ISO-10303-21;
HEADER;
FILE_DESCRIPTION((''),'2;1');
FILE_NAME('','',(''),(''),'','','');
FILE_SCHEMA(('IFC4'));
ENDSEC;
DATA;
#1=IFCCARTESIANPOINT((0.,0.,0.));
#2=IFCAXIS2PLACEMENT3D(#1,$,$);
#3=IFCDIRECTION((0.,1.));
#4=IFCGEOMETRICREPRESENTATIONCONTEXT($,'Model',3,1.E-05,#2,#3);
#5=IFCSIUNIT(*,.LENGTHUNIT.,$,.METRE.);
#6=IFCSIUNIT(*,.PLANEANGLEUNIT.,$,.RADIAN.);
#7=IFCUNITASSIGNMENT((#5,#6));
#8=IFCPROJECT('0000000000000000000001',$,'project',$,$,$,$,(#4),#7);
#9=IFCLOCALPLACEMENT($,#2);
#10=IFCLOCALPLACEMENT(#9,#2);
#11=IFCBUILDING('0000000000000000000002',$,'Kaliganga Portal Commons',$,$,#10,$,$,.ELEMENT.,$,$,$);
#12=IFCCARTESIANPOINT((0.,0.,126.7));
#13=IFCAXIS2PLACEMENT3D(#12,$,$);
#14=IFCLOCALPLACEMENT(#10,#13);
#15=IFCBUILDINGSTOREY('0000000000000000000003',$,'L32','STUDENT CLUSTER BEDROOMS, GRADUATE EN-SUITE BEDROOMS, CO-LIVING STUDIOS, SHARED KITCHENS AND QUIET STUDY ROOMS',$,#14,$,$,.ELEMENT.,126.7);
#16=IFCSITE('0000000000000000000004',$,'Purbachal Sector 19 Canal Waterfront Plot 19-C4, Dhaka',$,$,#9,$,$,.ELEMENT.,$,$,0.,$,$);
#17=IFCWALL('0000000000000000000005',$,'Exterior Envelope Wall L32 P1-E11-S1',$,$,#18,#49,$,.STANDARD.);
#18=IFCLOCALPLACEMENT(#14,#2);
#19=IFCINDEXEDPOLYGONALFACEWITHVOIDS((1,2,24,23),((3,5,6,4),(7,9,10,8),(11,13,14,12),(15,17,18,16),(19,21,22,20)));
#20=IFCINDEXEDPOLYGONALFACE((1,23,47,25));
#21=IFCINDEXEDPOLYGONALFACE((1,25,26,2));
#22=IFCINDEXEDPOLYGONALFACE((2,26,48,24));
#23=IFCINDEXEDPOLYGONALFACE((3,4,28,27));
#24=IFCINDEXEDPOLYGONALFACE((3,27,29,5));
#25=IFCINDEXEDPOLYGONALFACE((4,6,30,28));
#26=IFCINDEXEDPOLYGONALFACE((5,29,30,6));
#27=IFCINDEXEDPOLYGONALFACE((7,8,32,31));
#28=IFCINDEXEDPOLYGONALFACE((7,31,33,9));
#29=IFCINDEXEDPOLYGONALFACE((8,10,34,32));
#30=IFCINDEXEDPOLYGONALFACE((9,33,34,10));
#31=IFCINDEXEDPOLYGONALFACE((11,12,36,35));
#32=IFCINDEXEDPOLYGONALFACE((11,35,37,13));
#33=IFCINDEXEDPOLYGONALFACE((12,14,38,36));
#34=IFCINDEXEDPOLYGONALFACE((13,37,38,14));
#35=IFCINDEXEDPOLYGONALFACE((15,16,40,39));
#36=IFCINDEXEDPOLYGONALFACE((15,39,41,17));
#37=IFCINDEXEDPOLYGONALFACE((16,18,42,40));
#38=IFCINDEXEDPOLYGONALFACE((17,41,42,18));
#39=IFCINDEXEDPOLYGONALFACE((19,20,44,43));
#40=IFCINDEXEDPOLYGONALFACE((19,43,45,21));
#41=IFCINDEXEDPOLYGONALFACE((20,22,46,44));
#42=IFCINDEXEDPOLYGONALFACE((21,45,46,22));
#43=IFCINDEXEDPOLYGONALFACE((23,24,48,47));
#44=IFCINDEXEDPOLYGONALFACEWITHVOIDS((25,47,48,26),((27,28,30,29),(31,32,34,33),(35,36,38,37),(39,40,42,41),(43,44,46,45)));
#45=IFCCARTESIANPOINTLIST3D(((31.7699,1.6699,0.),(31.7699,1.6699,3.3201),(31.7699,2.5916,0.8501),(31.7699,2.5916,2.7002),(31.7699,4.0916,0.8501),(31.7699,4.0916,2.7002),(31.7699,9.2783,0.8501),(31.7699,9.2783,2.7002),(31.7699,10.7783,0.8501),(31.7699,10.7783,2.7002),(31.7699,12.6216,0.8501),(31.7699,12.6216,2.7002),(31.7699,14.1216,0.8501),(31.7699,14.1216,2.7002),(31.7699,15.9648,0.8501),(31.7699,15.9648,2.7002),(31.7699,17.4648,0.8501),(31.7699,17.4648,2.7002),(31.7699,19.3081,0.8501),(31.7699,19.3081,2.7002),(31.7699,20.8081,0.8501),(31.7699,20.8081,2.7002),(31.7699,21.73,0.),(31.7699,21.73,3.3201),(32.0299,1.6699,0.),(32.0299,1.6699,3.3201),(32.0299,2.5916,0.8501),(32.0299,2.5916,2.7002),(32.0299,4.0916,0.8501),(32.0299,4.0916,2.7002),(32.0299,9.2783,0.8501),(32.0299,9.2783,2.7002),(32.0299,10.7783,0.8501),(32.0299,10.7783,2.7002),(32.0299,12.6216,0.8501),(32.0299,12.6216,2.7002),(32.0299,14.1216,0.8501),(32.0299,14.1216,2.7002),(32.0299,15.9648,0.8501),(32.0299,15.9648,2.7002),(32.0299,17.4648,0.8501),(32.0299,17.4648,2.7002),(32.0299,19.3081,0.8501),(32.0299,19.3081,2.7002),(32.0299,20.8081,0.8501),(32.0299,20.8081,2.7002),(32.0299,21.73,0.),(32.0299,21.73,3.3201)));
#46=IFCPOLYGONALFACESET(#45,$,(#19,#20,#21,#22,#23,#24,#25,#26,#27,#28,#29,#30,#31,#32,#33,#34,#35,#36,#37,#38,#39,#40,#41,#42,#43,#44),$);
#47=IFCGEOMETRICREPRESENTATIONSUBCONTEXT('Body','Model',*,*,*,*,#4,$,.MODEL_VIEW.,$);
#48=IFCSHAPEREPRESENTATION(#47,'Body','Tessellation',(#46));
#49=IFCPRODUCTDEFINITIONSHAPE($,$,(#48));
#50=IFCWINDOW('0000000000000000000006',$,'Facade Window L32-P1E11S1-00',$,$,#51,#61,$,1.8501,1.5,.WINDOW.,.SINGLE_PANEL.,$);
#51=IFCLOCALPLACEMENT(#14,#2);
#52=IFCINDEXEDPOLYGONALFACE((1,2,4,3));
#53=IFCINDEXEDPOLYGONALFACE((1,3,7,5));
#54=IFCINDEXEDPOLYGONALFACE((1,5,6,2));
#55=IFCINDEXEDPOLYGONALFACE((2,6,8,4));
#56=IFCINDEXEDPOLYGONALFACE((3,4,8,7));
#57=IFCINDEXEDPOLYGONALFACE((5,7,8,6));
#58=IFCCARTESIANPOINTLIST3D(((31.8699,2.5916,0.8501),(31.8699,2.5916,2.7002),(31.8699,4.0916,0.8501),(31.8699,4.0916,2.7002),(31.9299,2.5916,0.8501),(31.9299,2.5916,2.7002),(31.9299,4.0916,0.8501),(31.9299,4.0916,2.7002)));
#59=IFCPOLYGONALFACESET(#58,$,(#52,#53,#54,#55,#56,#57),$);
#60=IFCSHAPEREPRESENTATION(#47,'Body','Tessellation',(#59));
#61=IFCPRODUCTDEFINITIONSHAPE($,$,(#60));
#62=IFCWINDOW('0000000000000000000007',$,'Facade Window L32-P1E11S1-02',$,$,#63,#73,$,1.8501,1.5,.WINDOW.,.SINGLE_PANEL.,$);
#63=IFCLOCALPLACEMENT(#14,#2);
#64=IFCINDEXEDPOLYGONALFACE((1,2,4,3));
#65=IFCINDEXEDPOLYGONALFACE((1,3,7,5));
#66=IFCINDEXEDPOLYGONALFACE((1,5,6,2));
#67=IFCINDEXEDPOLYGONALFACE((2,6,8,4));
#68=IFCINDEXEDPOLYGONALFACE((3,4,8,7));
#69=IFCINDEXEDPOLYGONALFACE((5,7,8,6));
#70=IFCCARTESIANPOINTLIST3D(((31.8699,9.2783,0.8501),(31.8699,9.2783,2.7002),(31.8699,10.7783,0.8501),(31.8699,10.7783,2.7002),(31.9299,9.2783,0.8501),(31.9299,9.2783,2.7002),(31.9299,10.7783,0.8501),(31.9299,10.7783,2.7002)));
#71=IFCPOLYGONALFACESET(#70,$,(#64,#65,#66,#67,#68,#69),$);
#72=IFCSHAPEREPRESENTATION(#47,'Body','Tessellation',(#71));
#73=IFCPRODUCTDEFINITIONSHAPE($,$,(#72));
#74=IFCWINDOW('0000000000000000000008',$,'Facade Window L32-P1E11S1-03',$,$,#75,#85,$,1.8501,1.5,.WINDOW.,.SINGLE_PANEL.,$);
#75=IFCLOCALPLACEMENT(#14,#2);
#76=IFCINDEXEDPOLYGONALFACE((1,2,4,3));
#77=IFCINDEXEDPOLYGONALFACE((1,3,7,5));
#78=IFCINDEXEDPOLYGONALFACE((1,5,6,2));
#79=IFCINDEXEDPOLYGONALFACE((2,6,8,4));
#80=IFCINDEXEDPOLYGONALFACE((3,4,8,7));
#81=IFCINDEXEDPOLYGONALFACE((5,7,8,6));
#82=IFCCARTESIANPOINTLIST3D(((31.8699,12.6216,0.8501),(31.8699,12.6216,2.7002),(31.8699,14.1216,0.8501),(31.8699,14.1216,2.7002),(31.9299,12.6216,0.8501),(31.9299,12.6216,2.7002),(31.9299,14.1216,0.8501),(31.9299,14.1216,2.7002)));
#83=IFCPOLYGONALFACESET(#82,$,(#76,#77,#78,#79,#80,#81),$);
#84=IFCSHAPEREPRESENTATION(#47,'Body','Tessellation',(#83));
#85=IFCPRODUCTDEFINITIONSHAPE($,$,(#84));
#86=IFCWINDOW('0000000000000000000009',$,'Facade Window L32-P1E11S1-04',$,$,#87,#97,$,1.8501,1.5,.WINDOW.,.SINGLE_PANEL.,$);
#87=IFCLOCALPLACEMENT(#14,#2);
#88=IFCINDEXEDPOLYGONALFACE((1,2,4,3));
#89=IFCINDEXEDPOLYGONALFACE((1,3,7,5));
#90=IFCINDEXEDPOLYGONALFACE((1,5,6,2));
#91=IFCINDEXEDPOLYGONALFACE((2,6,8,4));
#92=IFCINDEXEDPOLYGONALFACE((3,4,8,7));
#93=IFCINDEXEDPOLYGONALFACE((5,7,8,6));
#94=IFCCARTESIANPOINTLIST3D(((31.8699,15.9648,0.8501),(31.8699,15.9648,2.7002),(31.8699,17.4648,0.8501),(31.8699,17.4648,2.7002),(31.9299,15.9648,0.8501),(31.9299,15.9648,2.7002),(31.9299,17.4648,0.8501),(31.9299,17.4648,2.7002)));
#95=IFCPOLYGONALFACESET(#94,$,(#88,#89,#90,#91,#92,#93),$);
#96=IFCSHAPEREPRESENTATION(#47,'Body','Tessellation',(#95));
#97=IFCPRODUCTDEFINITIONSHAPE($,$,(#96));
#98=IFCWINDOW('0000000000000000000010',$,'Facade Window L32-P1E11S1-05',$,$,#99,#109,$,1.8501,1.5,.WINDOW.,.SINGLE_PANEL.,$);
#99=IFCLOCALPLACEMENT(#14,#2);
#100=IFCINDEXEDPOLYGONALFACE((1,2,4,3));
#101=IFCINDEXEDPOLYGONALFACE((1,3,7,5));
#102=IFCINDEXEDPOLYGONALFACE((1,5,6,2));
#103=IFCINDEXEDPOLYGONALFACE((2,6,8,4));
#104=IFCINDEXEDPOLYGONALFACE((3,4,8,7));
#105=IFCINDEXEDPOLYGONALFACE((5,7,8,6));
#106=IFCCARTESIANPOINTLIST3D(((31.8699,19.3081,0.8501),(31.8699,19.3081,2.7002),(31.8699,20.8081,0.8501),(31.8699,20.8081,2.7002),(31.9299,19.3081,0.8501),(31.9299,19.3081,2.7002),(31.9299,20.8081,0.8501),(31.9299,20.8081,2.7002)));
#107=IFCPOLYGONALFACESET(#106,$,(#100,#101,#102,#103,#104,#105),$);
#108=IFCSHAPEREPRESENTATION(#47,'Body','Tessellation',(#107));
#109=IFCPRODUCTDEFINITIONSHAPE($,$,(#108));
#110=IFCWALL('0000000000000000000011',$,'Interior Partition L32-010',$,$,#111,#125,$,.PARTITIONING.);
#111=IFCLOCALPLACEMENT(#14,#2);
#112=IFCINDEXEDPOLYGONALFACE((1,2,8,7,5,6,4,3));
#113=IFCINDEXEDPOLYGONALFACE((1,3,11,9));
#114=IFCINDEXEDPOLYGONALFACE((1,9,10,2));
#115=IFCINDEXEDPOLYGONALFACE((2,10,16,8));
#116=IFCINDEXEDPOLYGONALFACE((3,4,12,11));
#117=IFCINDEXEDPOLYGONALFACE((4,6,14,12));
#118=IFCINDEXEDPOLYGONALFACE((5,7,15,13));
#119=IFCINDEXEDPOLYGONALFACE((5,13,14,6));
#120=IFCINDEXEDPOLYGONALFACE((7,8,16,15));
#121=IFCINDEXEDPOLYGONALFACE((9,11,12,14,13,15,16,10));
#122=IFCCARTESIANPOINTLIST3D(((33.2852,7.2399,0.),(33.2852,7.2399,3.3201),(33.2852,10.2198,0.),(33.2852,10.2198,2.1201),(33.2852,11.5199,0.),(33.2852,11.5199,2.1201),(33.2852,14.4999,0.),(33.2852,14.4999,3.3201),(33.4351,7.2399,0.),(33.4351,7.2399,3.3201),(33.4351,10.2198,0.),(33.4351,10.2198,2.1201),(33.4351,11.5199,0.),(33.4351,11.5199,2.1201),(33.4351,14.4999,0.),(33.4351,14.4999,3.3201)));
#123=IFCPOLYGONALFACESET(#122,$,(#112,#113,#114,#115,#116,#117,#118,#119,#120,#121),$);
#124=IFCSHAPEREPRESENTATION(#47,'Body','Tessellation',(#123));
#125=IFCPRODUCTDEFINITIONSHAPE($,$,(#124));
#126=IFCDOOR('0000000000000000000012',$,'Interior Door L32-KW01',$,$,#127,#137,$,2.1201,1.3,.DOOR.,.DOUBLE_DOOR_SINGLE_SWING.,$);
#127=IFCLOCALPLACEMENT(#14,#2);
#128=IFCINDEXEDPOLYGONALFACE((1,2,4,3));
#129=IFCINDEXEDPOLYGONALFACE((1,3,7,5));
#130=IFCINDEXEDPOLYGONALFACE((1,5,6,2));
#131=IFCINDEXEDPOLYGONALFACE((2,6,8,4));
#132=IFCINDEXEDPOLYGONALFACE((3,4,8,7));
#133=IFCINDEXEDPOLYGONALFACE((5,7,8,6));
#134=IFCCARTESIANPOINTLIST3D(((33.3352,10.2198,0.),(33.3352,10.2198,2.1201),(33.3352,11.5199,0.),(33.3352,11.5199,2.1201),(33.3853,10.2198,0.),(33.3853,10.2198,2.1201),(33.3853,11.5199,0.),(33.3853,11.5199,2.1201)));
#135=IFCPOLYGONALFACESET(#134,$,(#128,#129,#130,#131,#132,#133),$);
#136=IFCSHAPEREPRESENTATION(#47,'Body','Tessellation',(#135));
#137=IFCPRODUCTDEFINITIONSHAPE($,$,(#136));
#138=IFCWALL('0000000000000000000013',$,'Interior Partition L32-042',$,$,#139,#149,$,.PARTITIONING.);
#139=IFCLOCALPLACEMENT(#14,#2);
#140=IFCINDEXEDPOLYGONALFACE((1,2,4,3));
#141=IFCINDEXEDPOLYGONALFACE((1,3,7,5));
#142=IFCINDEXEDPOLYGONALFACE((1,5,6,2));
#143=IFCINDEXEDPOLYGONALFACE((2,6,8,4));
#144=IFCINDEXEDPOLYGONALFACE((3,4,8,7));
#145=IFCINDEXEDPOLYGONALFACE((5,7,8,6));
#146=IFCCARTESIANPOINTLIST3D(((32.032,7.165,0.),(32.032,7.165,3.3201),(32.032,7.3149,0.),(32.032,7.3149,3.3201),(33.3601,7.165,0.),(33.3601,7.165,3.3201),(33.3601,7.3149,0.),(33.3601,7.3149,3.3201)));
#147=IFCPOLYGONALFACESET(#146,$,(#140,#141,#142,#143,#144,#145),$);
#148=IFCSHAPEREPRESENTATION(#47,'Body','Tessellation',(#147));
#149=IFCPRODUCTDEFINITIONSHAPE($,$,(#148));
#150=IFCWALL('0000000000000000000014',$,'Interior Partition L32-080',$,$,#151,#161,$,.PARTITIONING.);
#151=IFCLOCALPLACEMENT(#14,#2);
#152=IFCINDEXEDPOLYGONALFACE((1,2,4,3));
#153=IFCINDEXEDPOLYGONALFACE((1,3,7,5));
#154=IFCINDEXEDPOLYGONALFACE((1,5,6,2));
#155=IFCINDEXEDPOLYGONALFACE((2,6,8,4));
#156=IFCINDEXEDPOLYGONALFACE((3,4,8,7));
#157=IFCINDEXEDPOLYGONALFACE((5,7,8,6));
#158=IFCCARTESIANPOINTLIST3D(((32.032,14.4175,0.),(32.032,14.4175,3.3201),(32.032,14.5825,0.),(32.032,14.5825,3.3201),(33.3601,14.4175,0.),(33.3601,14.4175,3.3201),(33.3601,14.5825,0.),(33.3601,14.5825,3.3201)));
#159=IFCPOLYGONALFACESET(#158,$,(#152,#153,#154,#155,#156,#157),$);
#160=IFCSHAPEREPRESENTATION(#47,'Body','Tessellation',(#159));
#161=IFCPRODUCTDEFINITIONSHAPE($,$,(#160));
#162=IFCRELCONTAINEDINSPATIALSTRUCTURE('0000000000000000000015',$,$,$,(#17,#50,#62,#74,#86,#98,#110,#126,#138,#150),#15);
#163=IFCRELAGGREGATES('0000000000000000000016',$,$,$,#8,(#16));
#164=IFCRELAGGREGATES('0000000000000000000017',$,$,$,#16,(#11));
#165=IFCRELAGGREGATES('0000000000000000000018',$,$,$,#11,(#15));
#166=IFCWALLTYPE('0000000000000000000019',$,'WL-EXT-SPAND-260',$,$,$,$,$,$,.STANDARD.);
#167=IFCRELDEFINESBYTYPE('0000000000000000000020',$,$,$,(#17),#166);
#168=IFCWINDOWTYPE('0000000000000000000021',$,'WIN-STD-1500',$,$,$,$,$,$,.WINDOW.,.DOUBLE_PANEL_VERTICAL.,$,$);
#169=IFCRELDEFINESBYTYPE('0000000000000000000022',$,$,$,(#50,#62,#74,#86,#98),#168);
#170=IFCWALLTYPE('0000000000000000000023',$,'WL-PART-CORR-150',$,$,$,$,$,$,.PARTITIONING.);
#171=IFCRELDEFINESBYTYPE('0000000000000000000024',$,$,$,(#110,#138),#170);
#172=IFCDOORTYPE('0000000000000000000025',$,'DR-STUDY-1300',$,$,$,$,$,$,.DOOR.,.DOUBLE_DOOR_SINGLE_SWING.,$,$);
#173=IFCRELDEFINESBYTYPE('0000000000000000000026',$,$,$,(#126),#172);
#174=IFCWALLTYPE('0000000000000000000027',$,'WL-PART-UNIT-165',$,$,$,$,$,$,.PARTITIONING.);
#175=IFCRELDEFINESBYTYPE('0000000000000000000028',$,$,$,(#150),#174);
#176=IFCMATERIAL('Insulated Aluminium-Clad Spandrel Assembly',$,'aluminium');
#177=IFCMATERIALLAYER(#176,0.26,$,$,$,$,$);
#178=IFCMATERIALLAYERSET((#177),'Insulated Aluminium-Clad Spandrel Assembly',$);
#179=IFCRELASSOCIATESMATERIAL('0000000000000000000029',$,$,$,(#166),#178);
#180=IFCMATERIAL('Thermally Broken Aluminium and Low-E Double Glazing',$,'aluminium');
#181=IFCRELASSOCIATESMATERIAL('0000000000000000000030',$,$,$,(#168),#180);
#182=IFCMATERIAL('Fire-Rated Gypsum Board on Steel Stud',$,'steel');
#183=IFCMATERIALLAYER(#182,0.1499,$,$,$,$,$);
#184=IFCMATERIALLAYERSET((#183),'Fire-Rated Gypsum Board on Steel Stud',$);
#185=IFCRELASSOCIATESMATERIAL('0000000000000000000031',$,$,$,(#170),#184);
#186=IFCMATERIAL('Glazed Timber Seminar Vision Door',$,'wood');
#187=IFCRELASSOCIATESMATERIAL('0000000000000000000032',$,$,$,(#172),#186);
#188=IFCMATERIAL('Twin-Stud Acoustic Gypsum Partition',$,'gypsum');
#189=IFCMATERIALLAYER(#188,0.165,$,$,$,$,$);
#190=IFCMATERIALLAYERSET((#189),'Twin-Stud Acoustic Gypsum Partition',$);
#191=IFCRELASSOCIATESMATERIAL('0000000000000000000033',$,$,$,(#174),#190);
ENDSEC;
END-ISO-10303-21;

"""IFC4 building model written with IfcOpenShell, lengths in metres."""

from ifc_helpers import new_model, si_unit, direction, frame, frame_2d, origin, place, context, subcontext, project, spatial, rectangle, extrude, material, layer, layer_set, type_object, element, fill, save


model = new_model("IFC4")

# Units and contexts
model_context = context("Model", 3, precision=1e-05, world=origin(), true_north=direction((0.0, 1.0)))
body_context = subcontext(model_context, "Body", "Model", "MODEL_VIEW")
ifc_project = project(units=[si_unit("LENGTHUNIT", "METRE"), si_unit("PLANEANGLEUNIT", "RADIAN")], contexts=[model_context])

# Site, building, storey
site_placement = place(None, origin())
site = spatial("IfcSite", under=ifc_project, at=site_placement, Name="Purbachal Sector 19 Canal Waterfront Plot 19-C4, Dhaka", CompositionType="ELEMENT", RefElevation=0.0)
building_placement = place(site_placement, origin())
building = spatial("IfcBuilding", under=site, at=building_placement, Name="Kaliganga Portal Commons", CompositionType="ELEMENT")
storey_placement = place(building_placement, frame((0.0, 0.0, 126.7)))
storey = spatial("IfcBuildingStorey", under=building, at=storey_placement, Name="L32", Description="STUDENT CLUSTER BEDROOMS, GRADUATE EN-SUITE BEDROOMS, CO-LIVING STUDIOS, SHARED KITCHENS AND QUIET STUDY ROOMS", CompositionType="ELEMENT", Elevation=126.7)

# Shared definitions
ifc_material_1 = material(Name="Insulated Aluminium-Clad Spandrel Assembly", Category="aluminium")
ifc_layer_1 = layer(ifc_material_1, 0.26)
ifc_layer_set_1 = layer_set([ifc_layer_1], Name="Insulated Aluminium-Clad Spandrel Assembly")
wall_type_1 = type_object("IfcWallType", Name="WL-EXT-SPAND-260", PredefinedType="STANDARD", material=ifc_layer_set_1)
ifc_material_2 = material(Name="Thermally Broken Aluminium and Low-E Double Glazing", Category="aluminium")

# Wall, openings, windows
wall_1_placement = place(storey_placement, frame((31.8999, 1.6699, 0.0), z_axis=(0.0, 0.0, 1.0), x_axis=(0.0, 1.0, 0.0)))
wall_1 = element("IfcWall", 1, at=wall_1_placement, inside=storey, type_object=wall_type_1, Name="Exterior Envelope Wall L32 P1-E11-S1", PredefinedType="STANDARD", context=body_context, shape_type="SweptSolid", body=[
    extrude(rectangle(XDim=20.0601, YDim=0.26, at=frame_2d((10.03, 0.0))), origin(), (0.0, 0.0, 1.0), 3.3201),
])
opening_1_placement = place(wall_1_placement, frame((0.9216, 0.0, 0.8501)))
opening_1 = element("IfcOpeningElement", 2, at=opening_1_placement, cuts=wall_1, PredefinedType="OPENING", context=body_context, shape_type="SweptSolid", body=[
    extrude(rectangle(XDim=1.5, YDim=1.8501, at=frame_2d((0.75, 0.925))), frame((0.0, 0.1401, 0.0), z_axis=(0.0, -1.0, 0.0), x_axis=(1.0, 0.0, 0.0)), (0.0, 0.0, 1.0), 0.28),
])
opening_2_placement = place(wall_1_placement, frame((7.6084, 0.0, 0.8501)))
opening_2 = element("IfcOpeningElement", 3, at=opening_2_placement, cuts=wall_1, PredefinedType="OPENING", context=body_context, shape_type="SweptSolid", body=[
    extrude(rectangle(XDim=1.5, YDim=1.8501, at=frame_2d((0.75, 0.925))), frame((0.0, 0.1401, 0.0), z_axis=(0.0, -1.0, 0.0), x_axis=(1.0, 0.0, 0.0)), (0.0, 0.0, 1.0), 0.28),
])
opening_3_placement = place(wall_1_placement, frame((10.9517, 0.0, 0.8501)))
opening_3 = element("IfcOpeningElement", 4, at=opening_3_placement, cuts=wall_1, PredefinedType="OPENING", context=body_context, shape_type="SweptSolid", body=[
    extrude(rectangle(XDim=1.5, YDim=1.8501, at=frame_2d((0.75, 0.925))), frame((0.0, 0.1401, 0.0), z_axis=(0.0, -1.0, 0.0), x_axis=(1.0, 0.0, 0.0)), (0.0, 0.0, 1.0), 0.28),
])
opening_4_placement = place(wall_1_placement, frame((14.2949, 0.0, 0.8501)))
opening_4 = element("IfcOpeningElement", 5, at=opening_4_placement, cuts=wall_1, PredefinedType="OPENING", context=body_context, shape_type="SweptSolid", body=[
    extrude(rectangle(XDim=1.5, YDim=1.8501, at=frame_2d((0.75, 0.925))), frame((0.0, 0.1401, 0.0), z_axis=(0.0, -1.0, 0.0), x_axis=(1.0, 0.0, 0.0)), (0.0, 0.0, 1.0), 0.28),
])
opening_5_placement = place(wall_1_placement, frame((17.6382, 0.0, 0.8501)))
opening_5 = element("IfcOpeningElement", 6, at=opening_5_placement, cuts=wall_1, PredefinedType="OPENING", context=body_context, shape_type="SweptSolid", body=[
    extrude(rectangle(XDim=1.5, YDim=1.8501, at=frame_2d((0.75, 0.925))), frame((0.0, 0.1401, 0.0), z_axis=(0.0, -1.0, 0.0), x_axis=(1.0, 0.0, 0.0)), (0.0, 0.0, 1.0), 0.28),
])
window_type_1 = type_object("IfcWindowType", Name="WIN-STD-1500", PartitioningType="DOUBLE_PANEL_VERTICAL", PredefinedType="WINDOW", material=ifc_material_2)
window_1_placement = place(opening_1_placement, origin())
window_1 = element("IfcWindow", 7, at=window_1_placement, inside=storey, type_object=window_type_1, Name="Facade Window L32-P1E11S1-00", OverallHeight=1.8501, OverallWidth=1.5, PartitioningType="SINGLE_PANEL", PredefinedType="WINDOW", context=body_context, shape_type="SweptSolid", body=[
    extrude(rectangle(XDim=1.5, YDim=1.8501, at=frame_2d((0.75, 0.925))), frame((0.0, 0.03, 0.0), z_axis=(0.0, -1.0, 0.0), x_axis=(1.0, 0.0, 0.0)), (0.0, 0.0, 1.0), 0.0601),
])
fill(opening_1, window_1)
window_2_placement = place(opening_2_placement, origin())
window_2 = element("IfcWindow", 8, at=window_2_placement, inside=storey, type_object=window_type_1, Name="Facade Window L32-P1E11S1-02", OverallHeight=1.8501, OverallWidth=1.5, PartitioningType="SINGLE_PANEL", PredefinedType="WINDOW", context=body_context, shape_type="SweptSolid", body=[
    extrude(rectangle(XDim=1.5, YDim=1.8501, at=frame_2d((0.75, 0.925))), frame((0.0, 0.03, 0.0), z_axis=(0.0, -1.0, 0.0), x_axis=(1.0, 0.0, 0.0)), (0.0, 0.0, 1.0), 0.0601),
])
fill(opening_2, window_2)
window_3_placement = place(opening_3_placement, origin())
window_3 = element("IfcWindow", 9, at=window_3_placement, inside=storey, type_object=window_type_1, Name="Facade Window L32-P1E11S1-03", OverallHeight=1.8501, OverallWidth=1.5, PartitioningType="SINGLE_PANEL", PredefinedType="WINDOW", context=body_context, shape_type="SweptSolid", body=[
    extrude(rectangle(XDim=1.5, YDim=1.8501, at=frame_2d((0.75, 0.925))), frame((0.0, 0.03, 0.0), z_axis=(0.0, -1.0, 0.0), x_axis=(1.0, 0.0, 0.0)), (0.0, 0.0, 1.0), 0.0601),
])
fill(opening_3, window_3)
window_4_placement = place(opening_4_placement, origin())
window_4 = element("IfcWindow", 10, at=window_4_placement, inside=storey, type_object=window_type_1, Name="Facade Window L32-P1E11S1-04", OverallHeight=1.8501, OverallWidth=1.5, PartitioningType="SINGLE_PANEL", PredefinedType="WINDOW", context=body_context, shape_type="SweptSolid", body=[
    extrude(rectangle(XDim=1.5, YDim=1.8501, at=frame_2d((0.75, 0.925))), frame((0.0, 0.03, 0.0), z_axis=(0.0, -1.0, 0.0), x_axis=(1.0, 0.0, 0.0)), (0.0, 0.0, 1.0), 0.0601),
])
fill(opening_4, window_4)
window_5_placement = place(opening_5_placement, origin())
window_5 = element("IfcWindow", 11, at=window_5_placement, inside=storey, type_object=window_type_1, Name="Facade Window L32-P1E11S1-05", OverallHeight=1.8501, OverallWidth=1.5, PartitioningType="SINGLE_PANEL", PredefinedType="WINDOW", context=body_context, shape_type="SweptSolid", body=[
    extrude(rectangle(XDim=1.5, YDim=1.8501, at=frame_2d((0.75, 0.925))), frame((0.0, 0.03, 0.0), z_axis=(0.0, -1.0, 0.0), x_axis=(1.0, 0.0, 0.0)), (0.0, 0.0, 1.0), 0.0601),
])
fill(opening_5, window_5)

# Wall, opening, door
ifc_material_3 = material(Name="Fire-Rated Gypsum Board on Steel Stud", Category="steel")
ifc_layer_2 = layer(ifc_material_3, 0.1499)
ifc_layer_set_2 = layer_set([ifc_layer_2], Name="Fire-Rated Gypsum Board on Steel Stud")
wall_type_2 = type_object("IfcWallType", Name="WL-PART-CORR-150", PredefinedType="PARTITIONING", material=ifc_layer_set_2)
wall_2_placement = place(storey_placement, frame((33.3601, 7.24, 0.0), z_axis=(0.0, 0.0, 1.0), x_axis=(0.0, 1.0, 0.0)))
wall_2 = element("IfcWall", 12, at=wall_2_placement, inside=storey, type_object=wall_type_2, Name="Interior Partition L32-010", PredefinedType="PARTITIONING", context=body_context, shape_type="SweptSolid", body=[
    extrude(rectangle(XDim=7.26, YDim=0.1499, at=frame_2d((3.6299, 0.0))), origin(), (0.0, 0.0, 1.0), 3.3201),
])
opening_6_placement = place(wall_2_placement, frame((2.98, 0.0, 0.0)))
opening_6 = element("IfcOpeningElement", 13, at=opening_6_placement, cuts=wall_2, PredefinedType="OPENING", context=body_context, shape_type="SweptSolid", body=[
    extrude(rectangle(XDim=1.3, YDim=2.1201, at=frame_2d((0.6499, 1.0601))), frame((0.0, 0.085, 0.0), z_axis=(0.0, -1.0, 0.0), x_axis=(1.0, 0.0, 0.0)), (0.0, 0.0, 1.0), 0.1699),
])
ifc_material_4 = material(Name="Glazed Timber Seminar Vision Door", Category="wood")
door_type = type_object("IfcDoorType", Name="DR-STUDY-1300", OperationType="DOUBLE_DOOR_SINGLE_SWING", PredefinedType="DOOR", material=ifc_material_4)
door_placement = place(opening_6_placement, origin())
door = element("IfcDoor", 14, at=door_placement, inside=storey, type_object=door_type, Name="Interior Door L32-KW01", OperationType="DOUBLE_DOOR_SINGLE_SWING", OverallHeight=2.1201, OverallWidth=1.3, PredefinedType="DOOR", context=body_context, shape_type="SweptSolid", body=[
    extrude(rectangle(XDim=1.3, YDim=2.1201, at=frame_2d((0.6499, 1.0601))), frame((0.0, 0.0249, 0.0), z_axis=(0.0, -1.0, 0.0), x_axis=(1.0, 0.0, 0.0)), (0.0, 0.0, 1.0), 0.05),
])
fill(opening_6, door)

# Walls
wall_3_placement = place(storey_placement, frame((32.032, 7.24, 0.0), z_axis=(0.0, 0.0, 1.0), x_axis=(1.0, 0.0, 0.0)))
element("IfcWall", 15, at=wall_3_placement, inside=storey, type_object=wall_type_2, Name="Interior Partition L32-042", PredefinedType="PARTITIONING", context=body_context, shape_type="SweptSolid", body=[
    extrude(rectangle(XDim=1.3281, YDim=0.1499, at=frame_2d((0.6641, 0.0))), origin(), (0.0, 0.0, 1.0), 3.3201),
])
ifc_material_5 = material(Name="Twin-Stud Acoustic Gypsum Partition", Category="gypsum")
ifc_layer_3 = layer(ifc_material_5, 0.165)
ifc_layer_set_3 = layer_set([ifc_layer_3], Name="Twin-Stud Acoustic Gypsum Partition")
wall_type_3 = type_object("IfcWallType", Name="WL-PART-UNIT-165", PredefinedType="PARTITIONING", material=ifc_layer_set_3)
wall_4_placement = place(storey_placement, frame((32.032, 14.5, 0.0), z_axis=(0.0, 0.0, 1.0), x_axis=(1.0, 0.0, 0.0)))
element("IfcWall", 16, at=wall_4_placement, inside=storey, type_object=wall_type_3, Name="Interior Partition L32-080", PredefinedType="PARTITIONING", context=body_context, shape_type="SweptSolid", body=[
    extrude(rectangle(XDim=1.3281, YDim=0.165, at=frame_2d((0.6641, 0.0))), origin(), (0.0, 0.0, 1.0), 3.3201),
])

save(model, "model.ifc")
